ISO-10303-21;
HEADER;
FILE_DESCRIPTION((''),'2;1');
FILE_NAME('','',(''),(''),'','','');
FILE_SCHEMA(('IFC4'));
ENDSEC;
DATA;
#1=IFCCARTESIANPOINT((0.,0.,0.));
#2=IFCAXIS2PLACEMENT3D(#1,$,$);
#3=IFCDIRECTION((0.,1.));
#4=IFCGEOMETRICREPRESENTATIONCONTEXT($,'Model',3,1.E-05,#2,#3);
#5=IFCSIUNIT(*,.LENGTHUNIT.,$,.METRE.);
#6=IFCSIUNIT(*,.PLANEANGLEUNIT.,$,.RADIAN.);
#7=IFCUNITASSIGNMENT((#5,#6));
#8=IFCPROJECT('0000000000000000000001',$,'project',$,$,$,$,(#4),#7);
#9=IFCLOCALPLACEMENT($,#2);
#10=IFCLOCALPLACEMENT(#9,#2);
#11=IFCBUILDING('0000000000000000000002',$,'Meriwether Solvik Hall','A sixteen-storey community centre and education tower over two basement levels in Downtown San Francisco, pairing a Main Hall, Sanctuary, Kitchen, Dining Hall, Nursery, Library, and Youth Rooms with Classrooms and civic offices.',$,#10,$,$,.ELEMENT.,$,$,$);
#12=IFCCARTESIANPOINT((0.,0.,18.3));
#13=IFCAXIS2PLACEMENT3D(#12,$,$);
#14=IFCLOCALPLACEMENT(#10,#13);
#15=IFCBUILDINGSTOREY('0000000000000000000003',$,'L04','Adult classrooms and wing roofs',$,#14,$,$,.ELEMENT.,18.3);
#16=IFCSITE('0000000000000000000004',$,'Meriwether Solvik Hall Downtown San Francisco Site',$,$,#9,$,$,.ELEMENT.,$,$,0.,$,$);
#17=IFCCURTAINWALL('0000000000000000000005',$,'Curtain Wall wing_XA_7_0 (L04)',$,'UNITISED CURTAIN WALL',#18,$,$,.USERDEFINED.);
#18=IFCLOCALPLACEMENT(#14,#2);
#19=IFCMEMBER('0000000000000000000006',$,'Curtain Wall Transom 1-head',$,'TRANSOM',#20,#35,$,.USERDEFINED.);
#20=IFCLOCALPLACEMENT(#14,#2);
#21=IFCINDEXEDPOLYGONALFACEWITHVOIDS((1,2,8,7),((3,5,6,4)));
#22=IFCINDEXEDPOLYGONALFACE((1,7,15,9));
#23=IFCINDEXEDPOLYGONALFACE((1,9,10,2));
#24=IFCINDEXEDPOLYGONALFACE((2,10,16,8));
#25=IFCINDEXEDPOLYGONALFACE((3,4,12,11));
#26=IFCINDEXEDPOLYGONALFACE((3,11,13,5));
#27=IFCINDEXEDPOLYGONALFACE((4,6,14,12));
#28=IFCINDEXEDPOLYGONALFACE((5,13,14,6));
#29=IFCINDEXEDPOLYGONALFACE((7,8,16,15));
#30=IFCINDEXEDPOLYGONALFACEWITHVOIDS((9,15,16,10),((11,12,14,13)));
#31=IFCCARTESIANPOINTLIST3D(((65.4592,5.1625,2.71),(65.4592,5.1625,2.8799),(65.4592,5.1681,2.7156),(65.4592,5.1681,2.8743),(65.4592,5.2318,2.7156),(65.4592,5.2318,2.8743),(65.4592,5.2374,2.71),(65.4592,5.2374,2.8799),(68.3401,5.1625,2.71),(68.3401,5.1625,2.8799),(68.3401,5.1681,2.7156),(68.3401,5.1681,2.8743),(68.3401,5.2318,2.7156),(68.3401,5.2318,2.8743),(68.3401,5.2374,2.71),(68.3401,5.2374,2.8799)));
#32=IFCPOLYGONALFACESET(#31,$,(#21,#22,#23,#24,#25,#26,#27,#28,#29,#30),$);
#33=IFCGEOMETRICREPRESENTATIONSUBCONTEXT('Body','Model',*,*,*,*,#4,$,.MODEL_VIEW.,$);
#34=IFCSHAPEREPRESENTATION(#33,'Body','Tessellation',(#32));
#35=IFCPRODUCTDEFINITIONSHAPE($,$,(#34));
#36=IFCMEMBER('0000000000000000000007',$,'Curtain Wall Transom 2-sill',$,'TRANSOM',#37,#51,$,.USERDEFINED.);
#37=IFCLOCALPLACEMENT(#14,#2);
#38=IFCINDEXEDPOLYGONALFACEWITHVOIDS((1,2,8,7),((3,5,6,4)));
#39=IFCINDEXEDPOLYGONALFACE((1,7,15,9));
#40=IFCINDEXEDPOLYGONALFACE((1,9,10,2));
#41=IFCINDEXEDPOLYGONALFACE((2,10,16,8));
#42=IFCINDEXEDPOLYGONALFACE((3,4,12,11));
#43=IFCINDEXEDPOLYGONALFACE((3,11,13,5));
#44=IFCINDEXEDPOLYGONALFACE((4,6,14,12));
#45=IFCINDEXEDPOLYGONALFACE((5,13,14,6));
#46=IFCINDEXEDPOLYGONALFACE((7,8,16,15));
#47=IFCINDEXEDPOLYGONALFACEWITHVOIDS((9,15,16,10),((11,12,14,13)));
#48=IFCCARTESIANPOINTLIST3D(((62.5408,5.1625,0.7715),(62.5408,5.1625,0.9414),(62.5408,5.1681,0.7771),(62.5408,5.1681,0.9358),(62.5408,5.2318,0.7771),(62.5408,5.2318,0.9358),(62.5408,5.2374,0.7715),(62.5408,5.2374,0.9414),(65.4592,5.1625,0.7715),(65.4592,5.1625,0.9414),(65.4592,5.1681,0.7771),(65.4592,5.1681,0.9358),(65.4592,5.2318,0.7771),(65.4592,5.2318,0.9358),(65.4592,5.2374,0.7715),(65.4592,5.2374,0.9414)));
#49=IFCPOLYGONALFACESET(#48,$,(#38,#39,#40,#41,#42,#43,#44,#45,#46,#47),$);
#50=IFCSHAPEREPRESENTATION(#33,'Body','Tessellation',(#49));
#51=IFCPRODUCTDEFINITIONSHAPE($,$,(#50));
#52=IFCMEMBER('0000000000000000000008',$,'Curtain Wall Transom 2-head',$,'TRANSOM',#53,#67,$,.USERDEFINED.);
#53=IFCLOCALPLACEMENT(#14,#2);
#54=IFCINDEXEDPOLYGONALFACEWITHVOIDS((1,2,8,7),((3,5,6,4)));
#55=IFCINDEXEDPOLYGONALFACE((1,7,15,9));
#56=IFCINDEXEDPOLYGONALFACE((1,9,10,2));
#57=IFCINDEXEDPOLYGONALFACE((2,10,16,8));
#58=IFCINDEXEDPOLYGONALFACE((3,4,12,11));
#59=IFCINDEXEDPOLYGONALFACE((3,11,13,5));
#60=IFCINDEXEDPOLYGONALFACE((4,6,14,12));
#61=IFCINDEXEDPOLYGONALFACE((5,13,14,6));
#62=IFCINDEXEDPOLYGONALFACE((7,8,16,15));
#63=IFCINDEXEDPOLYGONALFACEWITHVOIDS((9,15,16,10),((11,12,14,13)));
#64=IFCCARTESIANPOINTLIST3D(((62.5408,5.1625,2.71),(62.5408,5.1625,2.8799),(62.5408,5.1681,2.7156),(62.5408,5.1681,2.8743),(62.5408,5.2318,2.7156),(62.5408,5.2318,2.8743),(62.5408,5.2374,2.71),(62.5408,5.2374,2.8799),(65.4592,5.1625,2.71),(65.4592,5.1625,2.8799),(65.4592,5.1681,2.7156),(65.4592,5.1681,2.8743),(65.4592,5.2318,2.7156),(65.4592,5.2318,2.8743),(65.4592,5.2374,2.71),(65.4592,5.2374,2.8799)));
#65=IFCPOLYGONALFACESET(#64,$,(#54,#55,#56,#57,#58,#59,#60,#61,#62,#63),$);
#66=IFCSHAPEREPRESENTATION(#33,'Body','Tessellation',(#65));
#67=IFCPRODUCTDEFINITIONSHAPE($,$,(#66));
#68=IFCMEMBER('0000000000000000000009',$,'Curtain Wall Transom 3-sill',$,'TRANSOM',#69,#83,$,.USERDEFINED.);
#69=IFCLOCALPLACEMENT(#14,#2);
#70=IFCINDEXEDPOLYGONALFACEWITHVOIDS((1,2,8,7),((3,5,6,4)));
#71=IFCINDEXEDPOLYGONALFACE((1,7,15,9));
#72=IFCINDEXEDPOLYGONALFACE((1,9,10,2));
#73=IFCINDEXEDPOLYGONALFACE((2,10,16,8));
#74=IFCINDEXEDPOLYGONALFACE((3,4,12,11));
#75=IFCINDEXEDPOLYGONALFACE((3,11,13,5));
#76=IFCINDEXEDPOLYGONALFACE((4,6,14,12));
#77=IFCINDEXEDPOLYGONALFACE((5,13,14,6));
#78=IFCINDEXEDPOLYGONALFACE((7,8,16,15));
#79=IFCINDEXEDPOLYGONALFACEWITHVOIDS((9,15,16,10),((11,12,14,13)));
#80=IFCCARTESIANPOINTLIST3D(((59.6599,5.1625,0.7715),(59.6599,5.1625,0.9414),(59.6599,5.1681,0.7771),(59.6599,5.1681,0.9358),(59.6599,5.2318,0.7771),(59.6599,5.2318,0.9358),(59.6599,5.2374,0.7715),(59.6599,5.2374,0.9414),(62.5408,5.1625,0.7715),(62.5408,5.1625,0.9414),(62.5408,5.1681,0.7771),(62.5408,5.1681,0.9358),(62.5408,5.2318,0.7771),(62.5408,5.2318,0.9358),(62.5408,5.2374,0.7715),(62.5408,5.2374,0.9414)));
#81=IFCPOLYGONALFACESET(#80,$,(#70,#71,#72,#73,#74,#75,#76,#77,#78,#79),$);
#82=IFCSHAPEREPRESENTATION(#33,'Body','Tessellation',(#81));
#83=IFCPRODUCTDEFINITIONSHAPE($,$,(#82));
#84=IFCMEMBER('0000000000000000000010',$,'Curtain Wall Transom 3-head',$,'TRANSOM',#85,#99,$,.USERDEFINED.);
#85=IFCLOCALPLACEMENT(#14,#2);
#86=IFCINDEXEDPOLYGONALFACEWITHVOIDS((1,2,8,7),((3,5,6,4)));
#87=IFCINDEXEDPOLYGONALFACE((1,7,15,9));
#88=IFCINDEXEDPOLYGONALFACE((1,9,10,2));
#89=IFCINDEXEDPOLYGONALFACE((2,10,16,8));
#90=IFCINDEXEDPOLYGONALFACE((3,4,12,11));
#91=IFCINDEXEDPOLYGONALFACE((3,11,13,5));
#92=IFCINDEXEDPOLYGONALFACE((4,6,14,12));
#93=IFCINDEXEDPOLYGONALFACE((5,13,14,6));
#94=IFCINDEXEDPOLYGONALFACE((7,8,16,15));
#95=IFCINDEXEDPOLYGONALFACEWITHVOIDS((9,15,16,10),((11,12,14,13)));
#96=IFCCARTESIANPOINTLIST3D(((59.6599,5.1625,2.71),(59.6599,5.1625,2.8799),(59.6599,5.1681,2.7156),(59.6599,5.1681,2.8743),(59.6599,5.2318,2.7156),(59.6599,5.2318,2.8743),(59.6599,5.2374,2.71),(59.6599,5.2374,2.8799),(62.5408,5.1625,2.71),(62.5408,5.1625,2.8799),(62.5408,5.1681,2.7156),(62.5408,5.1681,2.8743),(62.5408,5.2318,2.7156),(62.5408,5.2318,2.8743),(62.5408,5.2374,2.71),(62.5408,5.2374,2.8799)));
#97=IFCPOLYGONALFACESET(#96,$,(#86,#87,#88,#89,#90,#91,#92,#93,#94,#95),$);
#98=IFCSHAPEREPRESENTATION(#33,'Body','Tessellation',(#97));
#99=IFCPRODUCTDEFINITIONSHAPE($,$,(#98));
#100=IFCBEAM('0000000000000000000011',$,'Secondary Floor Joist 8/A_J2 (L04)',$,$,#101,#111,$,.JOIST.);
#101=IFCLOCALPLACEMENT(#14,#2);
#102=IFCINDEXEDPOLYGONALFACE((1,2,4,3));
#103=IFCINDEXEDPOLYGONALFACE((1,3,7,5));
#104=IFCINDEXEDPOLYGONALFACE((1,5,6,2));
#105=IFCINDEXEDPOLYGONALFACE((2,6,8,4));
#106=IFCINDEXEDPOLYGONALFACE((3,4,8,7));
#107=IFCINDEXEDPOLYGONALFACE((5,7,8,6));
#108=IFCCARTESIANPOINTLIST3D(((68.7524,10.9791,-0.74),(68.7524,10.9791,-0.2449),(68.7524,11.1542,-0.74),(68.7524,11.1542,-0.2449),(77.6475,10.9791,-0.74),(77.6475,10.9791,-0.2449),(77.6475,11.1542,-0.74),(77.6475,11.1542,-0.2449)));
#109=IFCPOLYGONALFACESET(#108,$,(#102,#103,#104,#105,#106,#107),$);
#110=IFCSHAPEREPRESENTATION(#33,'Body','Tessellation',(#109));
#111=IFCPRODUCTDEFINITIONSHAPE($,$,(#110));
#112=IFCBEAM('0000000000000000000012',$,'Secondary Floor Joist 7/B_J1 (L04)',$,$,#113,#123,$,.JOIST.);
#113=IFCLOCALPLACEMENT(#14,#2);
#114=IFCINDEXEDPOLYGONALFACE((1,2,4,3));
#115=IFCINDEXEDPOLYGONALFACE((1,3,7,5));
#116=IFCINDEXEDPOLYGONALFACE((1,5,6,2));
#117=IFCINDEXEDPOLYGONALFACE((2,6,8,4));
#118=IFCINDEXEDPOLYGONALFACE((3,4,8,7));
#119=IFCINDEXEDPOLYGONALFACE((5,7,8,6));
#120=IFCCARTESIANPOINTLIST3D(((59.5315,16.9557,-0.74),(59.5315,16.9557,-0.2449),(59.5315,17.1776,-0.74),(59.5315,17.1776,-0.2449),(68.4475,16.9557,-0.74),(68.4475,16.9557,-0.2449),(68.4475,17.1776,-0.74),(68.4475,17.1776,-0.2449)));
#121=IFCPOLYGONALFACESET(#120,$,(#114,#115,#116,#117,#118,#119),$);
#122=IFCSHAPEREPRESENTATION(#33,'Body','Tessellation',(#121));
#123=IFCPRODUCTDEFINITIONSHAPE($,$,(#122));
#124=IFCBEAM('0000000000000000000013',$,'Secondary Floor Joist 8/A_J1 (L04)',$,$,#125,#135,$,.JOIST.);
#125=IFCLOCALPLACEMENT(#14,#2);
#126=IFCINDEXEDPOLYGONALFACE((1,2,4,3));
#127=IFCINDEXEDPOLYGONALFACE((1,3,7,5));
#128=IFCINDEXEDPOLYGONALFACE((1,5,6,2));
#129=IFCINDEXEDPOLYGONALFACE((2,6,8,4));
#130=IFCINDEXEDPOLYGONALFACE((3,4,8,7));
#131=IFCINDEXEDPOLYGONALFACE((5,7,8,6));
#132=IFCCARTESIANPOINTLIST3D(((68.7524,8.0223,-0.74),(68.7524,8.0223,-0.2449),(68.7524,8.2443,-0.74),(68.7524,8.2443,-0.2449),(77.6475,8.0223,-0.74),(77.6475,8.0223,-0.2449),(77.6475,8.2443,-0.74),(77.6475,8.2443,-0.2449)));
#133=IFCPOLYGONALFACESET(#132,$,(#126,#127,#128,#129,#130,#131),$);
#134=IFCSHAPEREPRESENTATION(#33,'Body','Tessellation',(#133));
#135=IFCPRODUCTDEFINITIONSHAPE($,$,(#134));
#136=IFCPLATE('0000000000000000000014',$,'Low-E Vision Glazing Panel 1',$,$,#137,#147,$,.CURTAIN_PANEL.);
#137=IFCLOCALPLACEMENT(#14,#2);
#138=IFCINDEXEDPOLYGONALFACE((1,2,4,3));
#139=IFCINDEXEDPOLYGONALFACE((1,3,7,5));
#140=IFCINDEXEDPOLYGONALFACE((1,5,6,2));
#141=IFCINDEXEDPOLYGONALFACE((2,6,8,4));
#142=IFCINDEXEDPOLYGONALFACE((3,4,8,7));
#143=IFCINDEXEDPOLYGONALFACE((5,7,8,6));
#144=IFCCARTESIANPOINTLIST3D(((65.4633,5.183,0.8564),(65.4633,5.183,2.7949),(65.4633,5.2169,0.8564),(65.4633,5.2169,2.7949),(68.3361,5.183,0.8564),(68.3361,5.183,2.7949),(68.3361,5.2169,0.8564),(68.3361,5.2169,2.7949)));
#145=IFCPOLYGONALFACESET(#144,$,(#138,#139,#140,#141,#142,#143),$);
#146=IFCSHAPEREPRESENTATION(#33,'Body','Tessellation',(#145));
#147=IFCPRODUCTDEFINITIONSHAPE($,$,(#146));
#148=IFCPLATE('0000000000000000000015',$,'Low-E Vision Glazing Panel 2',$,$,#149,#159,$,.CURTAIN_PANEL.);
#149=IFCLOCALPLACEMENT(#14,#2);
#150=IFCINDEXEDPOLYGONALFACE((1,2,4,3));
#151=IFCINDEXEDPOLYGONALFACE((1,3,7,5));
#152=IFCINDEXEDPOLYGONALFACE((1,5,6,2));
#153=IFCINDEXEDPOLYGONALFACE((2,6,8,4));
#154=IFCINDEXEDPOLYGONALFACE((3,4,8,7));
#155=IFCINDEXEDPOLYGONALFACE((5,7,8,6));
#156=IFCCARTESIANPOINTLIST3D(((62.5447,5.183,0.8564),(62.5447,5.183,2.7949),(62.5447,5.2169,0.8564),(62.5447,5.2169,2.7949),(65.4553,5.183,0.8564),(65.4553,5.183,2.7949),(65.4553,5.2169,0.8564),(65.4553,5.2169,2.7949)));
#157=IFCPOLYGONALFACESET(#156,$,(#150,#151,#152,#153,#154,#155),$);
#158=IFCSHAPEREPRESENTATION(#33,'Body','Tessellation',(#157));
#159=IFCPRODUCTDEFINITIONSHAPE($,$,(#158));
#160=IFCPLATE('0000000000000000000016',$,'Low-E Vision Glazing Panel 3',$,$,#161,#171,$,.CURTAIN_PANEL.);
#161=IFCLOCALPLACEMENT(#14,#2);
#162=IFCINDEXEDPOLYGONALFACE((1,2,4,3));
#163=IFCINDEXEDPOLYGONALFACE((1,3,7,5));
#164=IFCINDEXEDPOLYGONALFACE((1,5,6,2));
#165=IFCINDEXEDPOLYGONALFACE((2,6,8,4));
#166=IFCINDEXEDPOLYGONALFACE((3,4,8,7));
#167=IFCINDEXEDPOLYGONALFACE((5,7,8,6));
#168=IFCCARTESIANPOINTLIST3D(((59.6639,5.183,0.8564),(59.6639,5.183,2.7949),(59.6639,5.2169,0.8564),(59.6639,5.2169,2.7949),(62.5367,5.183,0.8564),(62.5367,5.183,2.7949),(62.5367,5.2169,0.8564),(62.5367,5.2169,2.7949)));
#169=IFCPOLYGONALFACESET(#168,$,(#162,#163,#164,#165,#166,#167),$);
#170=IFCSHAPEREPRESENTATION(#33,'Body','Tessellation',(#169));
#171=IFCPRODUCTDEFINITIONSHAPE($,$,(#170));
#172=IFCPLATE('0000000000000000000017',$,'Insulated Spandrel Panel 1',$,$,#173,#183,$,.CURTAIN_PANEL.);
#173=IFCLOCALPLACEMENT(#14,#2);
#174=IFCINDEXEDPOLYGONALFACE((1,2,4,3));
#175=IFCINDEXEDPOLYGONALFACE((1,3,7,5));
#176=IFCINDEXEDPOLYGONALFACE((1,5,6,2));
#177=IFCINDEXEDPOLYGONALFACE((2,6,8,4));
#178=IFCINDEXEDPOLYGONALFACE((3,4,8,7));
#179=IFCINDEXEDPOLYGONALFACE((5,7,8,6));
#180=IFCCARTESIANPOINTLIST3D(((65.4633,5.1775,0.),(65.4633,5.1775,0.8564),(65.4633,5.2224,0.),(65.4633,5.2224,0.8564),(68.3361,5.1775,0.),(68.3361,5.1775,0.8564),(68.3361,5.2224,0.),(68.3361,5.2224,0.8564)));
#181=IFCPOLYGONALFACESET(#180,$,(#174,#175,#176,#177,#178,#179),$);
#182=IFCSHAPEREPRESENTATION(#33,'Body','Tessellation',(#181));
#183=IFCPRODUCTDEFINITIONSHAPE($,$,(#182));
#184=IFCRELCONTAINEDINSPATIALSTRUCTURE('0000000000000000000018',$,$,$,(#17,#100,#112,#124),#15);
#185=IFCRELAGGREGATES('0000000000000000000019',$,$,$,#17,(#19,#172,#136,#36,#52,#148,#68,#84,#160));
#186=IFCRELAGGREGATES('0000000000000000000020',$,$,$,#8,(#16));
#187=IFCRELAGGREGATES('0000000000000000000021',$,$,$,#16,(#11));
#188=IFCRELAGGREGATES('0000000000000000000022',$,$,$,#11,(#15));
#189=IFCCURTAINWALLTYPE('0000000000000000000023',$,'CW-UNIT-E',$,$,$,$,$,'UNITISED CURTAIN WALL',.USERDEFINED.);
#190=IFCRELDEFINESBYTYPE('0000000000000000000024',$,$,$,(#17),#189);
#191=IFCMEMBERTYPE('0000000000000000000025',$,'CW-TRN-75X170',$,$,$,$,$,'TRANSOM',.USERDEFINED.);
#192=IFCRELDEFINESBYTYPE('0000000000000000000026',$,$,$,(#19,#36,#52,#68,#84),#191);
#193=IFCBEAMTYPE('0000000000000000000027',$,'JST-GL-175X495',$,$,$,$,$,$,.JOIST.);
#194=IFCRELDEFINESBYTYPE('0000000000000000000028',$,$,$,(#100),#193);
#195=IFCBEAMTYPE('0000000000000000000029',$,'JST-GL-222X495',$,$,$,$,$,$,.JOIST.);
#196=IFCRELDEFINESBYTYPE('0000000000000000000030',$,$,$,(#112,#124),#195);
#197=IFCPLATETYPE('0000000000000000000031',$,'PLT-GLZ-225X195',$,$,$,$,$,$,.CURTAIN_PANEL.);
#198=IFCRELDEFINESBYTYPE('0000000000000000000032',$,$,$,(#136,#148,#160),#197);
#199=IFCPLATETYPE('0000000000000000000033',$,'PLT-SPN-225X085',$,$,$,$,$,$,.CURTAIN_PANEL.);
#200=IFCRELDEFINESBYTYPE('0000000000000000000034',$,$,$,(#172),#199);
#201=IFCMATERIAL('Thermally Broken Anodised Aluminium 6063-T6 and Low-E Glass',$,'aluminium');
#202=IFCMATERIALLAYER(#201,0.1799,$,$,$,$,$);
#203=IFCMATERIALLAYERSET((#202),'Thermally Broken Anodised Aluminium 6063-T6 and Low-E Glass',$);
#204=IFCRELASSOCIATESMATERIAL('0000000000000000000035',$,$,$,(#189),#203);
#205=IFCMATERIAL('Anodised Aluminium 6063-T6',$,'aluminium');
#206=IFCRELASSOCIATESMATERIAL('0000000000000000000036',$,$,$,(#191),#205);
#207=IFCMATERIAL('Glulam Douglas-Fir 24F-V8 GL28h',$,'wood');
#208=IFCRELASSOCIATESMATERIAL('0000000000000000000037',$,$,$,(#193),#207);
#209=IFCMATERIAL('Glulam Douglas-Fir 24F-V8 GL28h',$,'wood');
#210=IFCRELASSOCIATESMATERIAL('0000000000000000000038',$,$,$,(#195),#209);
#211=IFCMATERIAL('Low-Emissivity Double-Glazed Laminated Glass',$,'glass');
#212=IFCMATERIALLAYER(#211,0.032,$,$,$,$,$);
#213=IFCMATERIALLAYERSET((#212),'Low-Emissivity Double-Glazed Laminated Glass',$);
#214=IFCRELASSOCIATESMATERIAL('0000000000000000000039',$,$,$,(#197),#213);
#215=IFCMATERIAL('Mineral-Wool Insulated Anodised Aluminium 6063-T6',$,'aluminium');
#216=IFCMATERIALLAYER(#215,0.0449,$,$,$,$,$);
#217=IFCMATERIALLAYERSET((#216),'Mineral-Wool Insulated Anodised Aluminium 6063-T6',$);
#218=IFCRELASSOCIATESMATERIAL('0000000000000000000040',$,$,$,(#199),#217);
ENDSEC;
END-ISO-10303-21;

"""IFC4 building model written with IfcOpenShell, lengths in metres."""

from ifc_helpers import new_model, si_unit, direction, frame, origin, origin_2d, place, context, subcontext, project, spatial, rectangle, hollow_rectangle, extrude, material, layer, layer_set, material_profile, profile_set, type_object, element, aggregate, save


model = new_model("IFC4")

# Units and contexts
model_context = context("Model", 3, precision=1e-05, world=origin(), true_north=direction((0.0, 1.0)))
body_context = subcontext(model_context, "Body", "Model", "MODEL_VIEW")
ifc_project = project(units=[si_unit("LENGTHUNIT", "METRE"), si_unit("PLANEANGLEUNIT", "RADIAN")], contexts=[model_context])

# Site, building, storey
site_placement = place(None, origin())
site = spatial("IfcSite", under=ifc_project, at=site_placement, Name="Meriwether Solvik Hall Downtown San Francisco Site", CompositionType="ELEMENT", RefElevation=0.0)
building_placement = place(site_placement, origin())
building = spatial("IfcBuilding", under=site, at=building_placement, Name="Meriwether Solvik Hall", Description="A sixteen-storey community centre and education tower over two basement levels in Downtown San Francisco, pairing a Main Hall, Sanctuary, Kitchen, Dining Hall, Nursery, Library, and Youth Rooms with Classrooms and civic offices.", CompositionType="ELEMENT")
storey_placement = place(building_placement, frame((0.0, 0.0, 18.3)))
storey = spatial("IfcBuildingStorey", under=building, at=storey_placement, Name="L04", Description="Adult classrooms and wing roofs", CompositionType="ELEMENT", Elevation=18.3)

# Curtain wall
ifc_material_1 = material(Name="Thermally Broken Anodised Aluminium 6063-T6 and Low-E Glass", Category="aluminium")
ifc_layer_1 = layer(ifc_material_1, 0.1799)
ifc_layer_set_1 = layer_set([ifc_layer_1], Name="Thermally Broken Anodised Aluminium 6063-T6 and Low-E Glass")
curtain_wall_type = type_object("IfcCurtainWallType", Name="CW-UNIT-E", ElementType="UNITISED CURTAIN WALL", PredefinedType="USERDEFINED", material=ifc_layer_set_1)
curtain_wall_1_placement = place(storey_placement, origin())
curtain_wall_1 = element("IfcCurtainWall", 1, at=curtain_wall_1_placement, inside=storey, type_object=curtain_wall_type, Name="Curtain Wall wing_XA_7_0 (L04)", ObjectType="UNITISED CURTAIN WALL", PredefinedType="USERDEFINED")

# Members
ifc_material_2 = material(Name="Anodised Aluminium 6063-T6", Category="aluminium")
ifc_material_profile_1 = material_profile(ifc_material_2, hollow_rectangle(XDim=0.075, YDim=0.1699, WallThickness=0.0056, at=origin_2d()), Name="CWT-75X170")
ifc_profile_set_1 = profile_set([ifc_material_profile_1], Name="Anodised Aluminium 6063-T6")
member_type_1 = type_object("IfcMemberType", Name="CW-TRN-75X170", ElementType="TRANSOM", PredefinedType="USERDEFINED", material=ifc_profile_set_1)
member_1_placement = place(storey_placement, frame((68.3401, 5.2, 2.7949), z_axis=(-1.0, 0.0, 0.0), x_axis=(0.0, -1.0, 0.0)))
member_1 = element("IfcMember", 2, at=member_1_placement, type_object=member_type_1, Name="Curtain Wall Transom 1-head", ObjectType="TRANSOM", PredefinedType="USERDEFINED", context=body_context, shape_type="SweptSolid", body=[
    extrude(hollow_rectangle(XDim=0.075, YDim=0.1699, WallThickness=0.0056, at=origin_2d()), origin(), (0.0, 0.0, 1.0), 2.8809),
])
member_2_placement = place(storey_placement, frame((65.4592, 5.2, 0.8564), z_axis=(-1.0, 0.0, 0.0), x_axis=(0.0, -1.0, 0.0)))
member_2 = element("IfcMember", 3, at=member_2_placement, type_object=member_type_1, Name="Curtain Wall Transom 2-sill", ObjectType="TRANSOM", PredefinedType="USERDEFINED", context=body_context, shape_type="SweptSolid", body=[
    extrude(hollow_rectangle(XDim=0.075, YDim=0.1699, WallThickness=0.0056, at=origin_2d()), origin(), (0.0, 0.0, 1.0), 2.9185),
])
member_3_placement = place(storey_placement, frame((65.4592, 5.2, 2.7949), z_axis=(-1.0, 0.0, 0.0), x_axis=(0.0, -1.0, 0.0)))
member_3 = element("IfcMember", 4, at=member_3_placement, type_object=member_type_1, Name="Curtain Wall Transom 2-head", ObjectType="TRANSOM", PredefinedType="USERDEFINED", context=body_context, shape_type="SweptSolid", body=[
    extrude(hollow_rectangle(XDim=0.075, YDim=0.1699, WallThickness=0.0056, at=origin_2d()), origin(), (0.0, 0.0, 1.0), 2.9185),
])
member_4_placement = place(storey_placement, frame((62.5408, 5.2, 0.8564), z_axis=(-1.0, 0.0, 0.0), x_axis=(0.0, -1.0, 0.0)))
member_4 = element("IfcMember", 5, at=member_4_placement, type_object=member_type_1, Name="Curtain Wall Transom 3-sill", ObjectType="TRANSOM", PredefinedType="USERDEFINED", context=body_context, shape_type="SweptSolid", body=[
    extrude(hollow_rectangle(XDim=0.075, YDim=0.1699, WallThickness=0.0056, at=origin_2d()), origin(), (0.0, 0.0, 1.0), 2.8809),
])
member_5_placement = place(storey_placement, frame((62.5408, 5.2, 2.7949), z_axis=(-1.0, 0.0, 0.0), x_axis=(0.0, -1.0, 0.0)))
member_5 = element("IfcMember", 6, at=member_5_placement, type_object=member_type_1, Name="Curtain Wall Transom 3-head", ObjectType="TRANSOM", PredefinedType="USERDEFINED", context=body_context, shape_type="SweptSolid", body=[
    extrude(hollow_rectangle(XDim=0.075, YDim=0.1699, WallThickness=0.0056, at=origin_2d()), origin(), (0.0, 0.0, 1.0), 2.8809),
])

# Beams
ifc_material_3 = material(Name="Glulam Douglas-Fir 24F-V8 GL28h", Category="wood")
ifc_material_profile_2 = material_profile(ifc_material_3, rectangle(XDim=0.175, YDim=0.4951, at=origin_2d()), Name="GLJ-175X495")
ifc_profile_set_2 = profile_set([ifc_material_profile_2], Name="Glulam Douglas-Fir 24F-V8 GL28h")
beam_type_1 = type_object("IfcBeamType", Name="JST-GL-175X495", PredefinedType="JOIST", material=ifc_profile_set_2)
beam_1_placement = place(storey_placement, frame((68.7524, 11.0667, -0.4924), z_axis=(1.0, 0.0, 0.0), x_axis=(0.0, 1.0, 0.0)))
element("IfcBeam", 7, at=beam_1_placement, inside=storey, type_object=beam_type_1, Name="Secondary Floor Joist 8/A_J2 (L04)", PredefinedType="JOIST", context=body_context, shape_type="SweptSolid", body=[
    extrude(rectangle(XDim=0.175, YDim=0.4951, at=origin_2d()), origin(), (0.0, 0.0, 1.0), 8.895),
])
ifc_material_4 = material(Name="Glulam Douglas-Fir 24F-V8 GL28h", Category="wood")
ifc_material_profile_3 = material_profile(ifc_material_4, rectangle(XDim=0.2219, YDim=0.4951, at=origin_2d()), Name="GLJ-222X495")
ifc_profile_set_3 = profile_set([ifc_material_profile_3], Name="Glulam Douglas-Fir 24F-V8 GL28h")
beam_type_2 = type_object("IfcBeamType", Name="JST-GL-222X495", PredefinedType="JOIST", material=ifc_profile_set_3)
beam_2_placement = place(storey_placement, frame((59.5315, 17.0667, -0.4924), z_axis=(1.0, 0.0, 0.0), x_axis=(0.0, 1.0, 0.0)))
element("IfcBeam", 8, at=beam_2_placement, inside=storey, type_object=beam_type_2, Name="Secondary Floor Joist 7/B_J1 (L04)", PredefinedType="JOIST", context=body_context, shape_type="SweptSolid", body=[
    extrude(rectangle(XDim=0.2219, YDim=0.4951, at=origin_2d()), origin(), (0.0, 0.0, 1.0), 8.916),
])
beam_3_placement = place(storey_placement, frame((68.7524, 8.1333, -0.4924), z_axis=(1.0, 0.0, 0.0), x_axis=(0.0, 1.0, 0.0)))
element("IfcBeam", 9, at=beam_3_placement, inside=storey, type_object=beam_type_2, Name="Secondary Floor Joist 8/A_J1 (L04)", PredefinedType="JOIST", context=body_context, shape_type="SweptSolid", body=[
    extrude(rectangle(XDim=0.2219, YDim=0.4951, at=origin_2d()), origin(), (0.0, 0.0, 1.0), 8.895),
])

# Plates
ifc_material_5 = material(Name="Low-Emissivity Double-Glazed Laminated Glass", Category="glass")
ifc_layer_2 = layer(ifc_material_5, 0.032)
ifc_layer_set_2 = layer_set([ifc_layer_2], Name="Low-Emissivity Double-Glazed Laminated Glass")
plate_type_1 = type_object("IfcPlateType", Name="PLT-GLZ-225X195", PredefinedType="CURTAIN_PANEL", material=ifc_layer_set_2)
plate_1_placement = place(storey_placement, frame((66.8997, 5.2, 0.8564), z_axis=(0.0, 0.0, 1.0), x_axis=(-1.0, 0.0, 0.0)))
plate_1 = element("IfcPlate", 10, at=plate_1_placement, type_object=plate_type_1, Name="Low-E Vision Glazing Panel 1", PredefinedType="CURTAIN_PANEL", context=body_context, shape_type="SweptSolid", body=[
    extrude(rectangle(XDim=2.8728, YDim=0.0339, at=origin_2d()), origin(), (0.0, 0.0, 1.0), 1.9385),
])
plate_2_placement = place(storey_placement, frame((64.0, 5.2, 0.8564), z_axis=(0.0, 0.0, 1.0), x_axis=(-1.0, 0.0, 0.0)))
plate_2 = element("IfcPlate", 11, at=plate_2_placement, type_object=plate_type_1, Name="Low-E Vision Glazing Panel 2", PredefinedType="CURTAIN_PANEL", context=body_context, shape_type="SweptSolid", body=[
    extrude(rectangle(XDim=2.9106, YDim=0.0339, at=origin_2d()), origin(), (0.0, 0.0, 1.0), 1.9385),
])
plate_3_placement = place(storey_placement, frame((61.1003, 5.2, 0.8564), z_axis=(0.0, 0.0, 1.0), x_axis=(-1.0, 0.0, 0.0)))
plate_3 = element("IfcPlate", 12, at=plate_3_placement, type_object=plate_type_1, Name="Low-E Vision Glazing Panel 3", PredefinedType="CURTAIN_PANEL", context=body_context, shape_type="SweptSolid", body=[
    extrude(rectangle(XDim=2.8728, YDim=0.0339, at=origin_2d()), origin(), (0.0, 0.0, 1.0), 1.9385),
])
ifc_material_6 = material(Name="Mineral-Wool Insulated Anodised Aluminium 6063-T6", Category="aluminium")
ifc_layer_3 = layer(ifc_material_6, 0.0449)
ifc_layer_set_3 = layer_set([ifc_layer_3], Name="Mineral-Wool Insulated Anodised Aluminium 6063-T6")
plate_type_2 = type_object("IfcPlateType", Name="PLT-SPN-225X085", PredefinedType="CURTAIN_PANEL", material=ifc_layer_set_3)
plate_4_placement = place(storey_placement, frame((66.8997, 5.2, 0.0), z_axis=(0.0, 0.0, 1.0), x_axis=(-1.0, 0.0, 0.0)))
plate_4 = element("IfcPlate", 13, at=plate_4_placement, type_object=plate_type_2, Name="Insulated Spandrel Panel 1", PredefinedType="CURTAIN_PANEL", context=body_context, shape_type="SweptSolid", body=[
    extrude(rectangle(XDim=2.8728, YDim=0.0449, at=origin_2d()), origin(), (0.0, 0.0, 1.0), 0.8564),
])
aggregate(curtain_wall_1, [member_1, plate_4, plate_1, member_2, member_3, plate_2, member_4, member_5, plate_3])

save(model, "model.ifc")
